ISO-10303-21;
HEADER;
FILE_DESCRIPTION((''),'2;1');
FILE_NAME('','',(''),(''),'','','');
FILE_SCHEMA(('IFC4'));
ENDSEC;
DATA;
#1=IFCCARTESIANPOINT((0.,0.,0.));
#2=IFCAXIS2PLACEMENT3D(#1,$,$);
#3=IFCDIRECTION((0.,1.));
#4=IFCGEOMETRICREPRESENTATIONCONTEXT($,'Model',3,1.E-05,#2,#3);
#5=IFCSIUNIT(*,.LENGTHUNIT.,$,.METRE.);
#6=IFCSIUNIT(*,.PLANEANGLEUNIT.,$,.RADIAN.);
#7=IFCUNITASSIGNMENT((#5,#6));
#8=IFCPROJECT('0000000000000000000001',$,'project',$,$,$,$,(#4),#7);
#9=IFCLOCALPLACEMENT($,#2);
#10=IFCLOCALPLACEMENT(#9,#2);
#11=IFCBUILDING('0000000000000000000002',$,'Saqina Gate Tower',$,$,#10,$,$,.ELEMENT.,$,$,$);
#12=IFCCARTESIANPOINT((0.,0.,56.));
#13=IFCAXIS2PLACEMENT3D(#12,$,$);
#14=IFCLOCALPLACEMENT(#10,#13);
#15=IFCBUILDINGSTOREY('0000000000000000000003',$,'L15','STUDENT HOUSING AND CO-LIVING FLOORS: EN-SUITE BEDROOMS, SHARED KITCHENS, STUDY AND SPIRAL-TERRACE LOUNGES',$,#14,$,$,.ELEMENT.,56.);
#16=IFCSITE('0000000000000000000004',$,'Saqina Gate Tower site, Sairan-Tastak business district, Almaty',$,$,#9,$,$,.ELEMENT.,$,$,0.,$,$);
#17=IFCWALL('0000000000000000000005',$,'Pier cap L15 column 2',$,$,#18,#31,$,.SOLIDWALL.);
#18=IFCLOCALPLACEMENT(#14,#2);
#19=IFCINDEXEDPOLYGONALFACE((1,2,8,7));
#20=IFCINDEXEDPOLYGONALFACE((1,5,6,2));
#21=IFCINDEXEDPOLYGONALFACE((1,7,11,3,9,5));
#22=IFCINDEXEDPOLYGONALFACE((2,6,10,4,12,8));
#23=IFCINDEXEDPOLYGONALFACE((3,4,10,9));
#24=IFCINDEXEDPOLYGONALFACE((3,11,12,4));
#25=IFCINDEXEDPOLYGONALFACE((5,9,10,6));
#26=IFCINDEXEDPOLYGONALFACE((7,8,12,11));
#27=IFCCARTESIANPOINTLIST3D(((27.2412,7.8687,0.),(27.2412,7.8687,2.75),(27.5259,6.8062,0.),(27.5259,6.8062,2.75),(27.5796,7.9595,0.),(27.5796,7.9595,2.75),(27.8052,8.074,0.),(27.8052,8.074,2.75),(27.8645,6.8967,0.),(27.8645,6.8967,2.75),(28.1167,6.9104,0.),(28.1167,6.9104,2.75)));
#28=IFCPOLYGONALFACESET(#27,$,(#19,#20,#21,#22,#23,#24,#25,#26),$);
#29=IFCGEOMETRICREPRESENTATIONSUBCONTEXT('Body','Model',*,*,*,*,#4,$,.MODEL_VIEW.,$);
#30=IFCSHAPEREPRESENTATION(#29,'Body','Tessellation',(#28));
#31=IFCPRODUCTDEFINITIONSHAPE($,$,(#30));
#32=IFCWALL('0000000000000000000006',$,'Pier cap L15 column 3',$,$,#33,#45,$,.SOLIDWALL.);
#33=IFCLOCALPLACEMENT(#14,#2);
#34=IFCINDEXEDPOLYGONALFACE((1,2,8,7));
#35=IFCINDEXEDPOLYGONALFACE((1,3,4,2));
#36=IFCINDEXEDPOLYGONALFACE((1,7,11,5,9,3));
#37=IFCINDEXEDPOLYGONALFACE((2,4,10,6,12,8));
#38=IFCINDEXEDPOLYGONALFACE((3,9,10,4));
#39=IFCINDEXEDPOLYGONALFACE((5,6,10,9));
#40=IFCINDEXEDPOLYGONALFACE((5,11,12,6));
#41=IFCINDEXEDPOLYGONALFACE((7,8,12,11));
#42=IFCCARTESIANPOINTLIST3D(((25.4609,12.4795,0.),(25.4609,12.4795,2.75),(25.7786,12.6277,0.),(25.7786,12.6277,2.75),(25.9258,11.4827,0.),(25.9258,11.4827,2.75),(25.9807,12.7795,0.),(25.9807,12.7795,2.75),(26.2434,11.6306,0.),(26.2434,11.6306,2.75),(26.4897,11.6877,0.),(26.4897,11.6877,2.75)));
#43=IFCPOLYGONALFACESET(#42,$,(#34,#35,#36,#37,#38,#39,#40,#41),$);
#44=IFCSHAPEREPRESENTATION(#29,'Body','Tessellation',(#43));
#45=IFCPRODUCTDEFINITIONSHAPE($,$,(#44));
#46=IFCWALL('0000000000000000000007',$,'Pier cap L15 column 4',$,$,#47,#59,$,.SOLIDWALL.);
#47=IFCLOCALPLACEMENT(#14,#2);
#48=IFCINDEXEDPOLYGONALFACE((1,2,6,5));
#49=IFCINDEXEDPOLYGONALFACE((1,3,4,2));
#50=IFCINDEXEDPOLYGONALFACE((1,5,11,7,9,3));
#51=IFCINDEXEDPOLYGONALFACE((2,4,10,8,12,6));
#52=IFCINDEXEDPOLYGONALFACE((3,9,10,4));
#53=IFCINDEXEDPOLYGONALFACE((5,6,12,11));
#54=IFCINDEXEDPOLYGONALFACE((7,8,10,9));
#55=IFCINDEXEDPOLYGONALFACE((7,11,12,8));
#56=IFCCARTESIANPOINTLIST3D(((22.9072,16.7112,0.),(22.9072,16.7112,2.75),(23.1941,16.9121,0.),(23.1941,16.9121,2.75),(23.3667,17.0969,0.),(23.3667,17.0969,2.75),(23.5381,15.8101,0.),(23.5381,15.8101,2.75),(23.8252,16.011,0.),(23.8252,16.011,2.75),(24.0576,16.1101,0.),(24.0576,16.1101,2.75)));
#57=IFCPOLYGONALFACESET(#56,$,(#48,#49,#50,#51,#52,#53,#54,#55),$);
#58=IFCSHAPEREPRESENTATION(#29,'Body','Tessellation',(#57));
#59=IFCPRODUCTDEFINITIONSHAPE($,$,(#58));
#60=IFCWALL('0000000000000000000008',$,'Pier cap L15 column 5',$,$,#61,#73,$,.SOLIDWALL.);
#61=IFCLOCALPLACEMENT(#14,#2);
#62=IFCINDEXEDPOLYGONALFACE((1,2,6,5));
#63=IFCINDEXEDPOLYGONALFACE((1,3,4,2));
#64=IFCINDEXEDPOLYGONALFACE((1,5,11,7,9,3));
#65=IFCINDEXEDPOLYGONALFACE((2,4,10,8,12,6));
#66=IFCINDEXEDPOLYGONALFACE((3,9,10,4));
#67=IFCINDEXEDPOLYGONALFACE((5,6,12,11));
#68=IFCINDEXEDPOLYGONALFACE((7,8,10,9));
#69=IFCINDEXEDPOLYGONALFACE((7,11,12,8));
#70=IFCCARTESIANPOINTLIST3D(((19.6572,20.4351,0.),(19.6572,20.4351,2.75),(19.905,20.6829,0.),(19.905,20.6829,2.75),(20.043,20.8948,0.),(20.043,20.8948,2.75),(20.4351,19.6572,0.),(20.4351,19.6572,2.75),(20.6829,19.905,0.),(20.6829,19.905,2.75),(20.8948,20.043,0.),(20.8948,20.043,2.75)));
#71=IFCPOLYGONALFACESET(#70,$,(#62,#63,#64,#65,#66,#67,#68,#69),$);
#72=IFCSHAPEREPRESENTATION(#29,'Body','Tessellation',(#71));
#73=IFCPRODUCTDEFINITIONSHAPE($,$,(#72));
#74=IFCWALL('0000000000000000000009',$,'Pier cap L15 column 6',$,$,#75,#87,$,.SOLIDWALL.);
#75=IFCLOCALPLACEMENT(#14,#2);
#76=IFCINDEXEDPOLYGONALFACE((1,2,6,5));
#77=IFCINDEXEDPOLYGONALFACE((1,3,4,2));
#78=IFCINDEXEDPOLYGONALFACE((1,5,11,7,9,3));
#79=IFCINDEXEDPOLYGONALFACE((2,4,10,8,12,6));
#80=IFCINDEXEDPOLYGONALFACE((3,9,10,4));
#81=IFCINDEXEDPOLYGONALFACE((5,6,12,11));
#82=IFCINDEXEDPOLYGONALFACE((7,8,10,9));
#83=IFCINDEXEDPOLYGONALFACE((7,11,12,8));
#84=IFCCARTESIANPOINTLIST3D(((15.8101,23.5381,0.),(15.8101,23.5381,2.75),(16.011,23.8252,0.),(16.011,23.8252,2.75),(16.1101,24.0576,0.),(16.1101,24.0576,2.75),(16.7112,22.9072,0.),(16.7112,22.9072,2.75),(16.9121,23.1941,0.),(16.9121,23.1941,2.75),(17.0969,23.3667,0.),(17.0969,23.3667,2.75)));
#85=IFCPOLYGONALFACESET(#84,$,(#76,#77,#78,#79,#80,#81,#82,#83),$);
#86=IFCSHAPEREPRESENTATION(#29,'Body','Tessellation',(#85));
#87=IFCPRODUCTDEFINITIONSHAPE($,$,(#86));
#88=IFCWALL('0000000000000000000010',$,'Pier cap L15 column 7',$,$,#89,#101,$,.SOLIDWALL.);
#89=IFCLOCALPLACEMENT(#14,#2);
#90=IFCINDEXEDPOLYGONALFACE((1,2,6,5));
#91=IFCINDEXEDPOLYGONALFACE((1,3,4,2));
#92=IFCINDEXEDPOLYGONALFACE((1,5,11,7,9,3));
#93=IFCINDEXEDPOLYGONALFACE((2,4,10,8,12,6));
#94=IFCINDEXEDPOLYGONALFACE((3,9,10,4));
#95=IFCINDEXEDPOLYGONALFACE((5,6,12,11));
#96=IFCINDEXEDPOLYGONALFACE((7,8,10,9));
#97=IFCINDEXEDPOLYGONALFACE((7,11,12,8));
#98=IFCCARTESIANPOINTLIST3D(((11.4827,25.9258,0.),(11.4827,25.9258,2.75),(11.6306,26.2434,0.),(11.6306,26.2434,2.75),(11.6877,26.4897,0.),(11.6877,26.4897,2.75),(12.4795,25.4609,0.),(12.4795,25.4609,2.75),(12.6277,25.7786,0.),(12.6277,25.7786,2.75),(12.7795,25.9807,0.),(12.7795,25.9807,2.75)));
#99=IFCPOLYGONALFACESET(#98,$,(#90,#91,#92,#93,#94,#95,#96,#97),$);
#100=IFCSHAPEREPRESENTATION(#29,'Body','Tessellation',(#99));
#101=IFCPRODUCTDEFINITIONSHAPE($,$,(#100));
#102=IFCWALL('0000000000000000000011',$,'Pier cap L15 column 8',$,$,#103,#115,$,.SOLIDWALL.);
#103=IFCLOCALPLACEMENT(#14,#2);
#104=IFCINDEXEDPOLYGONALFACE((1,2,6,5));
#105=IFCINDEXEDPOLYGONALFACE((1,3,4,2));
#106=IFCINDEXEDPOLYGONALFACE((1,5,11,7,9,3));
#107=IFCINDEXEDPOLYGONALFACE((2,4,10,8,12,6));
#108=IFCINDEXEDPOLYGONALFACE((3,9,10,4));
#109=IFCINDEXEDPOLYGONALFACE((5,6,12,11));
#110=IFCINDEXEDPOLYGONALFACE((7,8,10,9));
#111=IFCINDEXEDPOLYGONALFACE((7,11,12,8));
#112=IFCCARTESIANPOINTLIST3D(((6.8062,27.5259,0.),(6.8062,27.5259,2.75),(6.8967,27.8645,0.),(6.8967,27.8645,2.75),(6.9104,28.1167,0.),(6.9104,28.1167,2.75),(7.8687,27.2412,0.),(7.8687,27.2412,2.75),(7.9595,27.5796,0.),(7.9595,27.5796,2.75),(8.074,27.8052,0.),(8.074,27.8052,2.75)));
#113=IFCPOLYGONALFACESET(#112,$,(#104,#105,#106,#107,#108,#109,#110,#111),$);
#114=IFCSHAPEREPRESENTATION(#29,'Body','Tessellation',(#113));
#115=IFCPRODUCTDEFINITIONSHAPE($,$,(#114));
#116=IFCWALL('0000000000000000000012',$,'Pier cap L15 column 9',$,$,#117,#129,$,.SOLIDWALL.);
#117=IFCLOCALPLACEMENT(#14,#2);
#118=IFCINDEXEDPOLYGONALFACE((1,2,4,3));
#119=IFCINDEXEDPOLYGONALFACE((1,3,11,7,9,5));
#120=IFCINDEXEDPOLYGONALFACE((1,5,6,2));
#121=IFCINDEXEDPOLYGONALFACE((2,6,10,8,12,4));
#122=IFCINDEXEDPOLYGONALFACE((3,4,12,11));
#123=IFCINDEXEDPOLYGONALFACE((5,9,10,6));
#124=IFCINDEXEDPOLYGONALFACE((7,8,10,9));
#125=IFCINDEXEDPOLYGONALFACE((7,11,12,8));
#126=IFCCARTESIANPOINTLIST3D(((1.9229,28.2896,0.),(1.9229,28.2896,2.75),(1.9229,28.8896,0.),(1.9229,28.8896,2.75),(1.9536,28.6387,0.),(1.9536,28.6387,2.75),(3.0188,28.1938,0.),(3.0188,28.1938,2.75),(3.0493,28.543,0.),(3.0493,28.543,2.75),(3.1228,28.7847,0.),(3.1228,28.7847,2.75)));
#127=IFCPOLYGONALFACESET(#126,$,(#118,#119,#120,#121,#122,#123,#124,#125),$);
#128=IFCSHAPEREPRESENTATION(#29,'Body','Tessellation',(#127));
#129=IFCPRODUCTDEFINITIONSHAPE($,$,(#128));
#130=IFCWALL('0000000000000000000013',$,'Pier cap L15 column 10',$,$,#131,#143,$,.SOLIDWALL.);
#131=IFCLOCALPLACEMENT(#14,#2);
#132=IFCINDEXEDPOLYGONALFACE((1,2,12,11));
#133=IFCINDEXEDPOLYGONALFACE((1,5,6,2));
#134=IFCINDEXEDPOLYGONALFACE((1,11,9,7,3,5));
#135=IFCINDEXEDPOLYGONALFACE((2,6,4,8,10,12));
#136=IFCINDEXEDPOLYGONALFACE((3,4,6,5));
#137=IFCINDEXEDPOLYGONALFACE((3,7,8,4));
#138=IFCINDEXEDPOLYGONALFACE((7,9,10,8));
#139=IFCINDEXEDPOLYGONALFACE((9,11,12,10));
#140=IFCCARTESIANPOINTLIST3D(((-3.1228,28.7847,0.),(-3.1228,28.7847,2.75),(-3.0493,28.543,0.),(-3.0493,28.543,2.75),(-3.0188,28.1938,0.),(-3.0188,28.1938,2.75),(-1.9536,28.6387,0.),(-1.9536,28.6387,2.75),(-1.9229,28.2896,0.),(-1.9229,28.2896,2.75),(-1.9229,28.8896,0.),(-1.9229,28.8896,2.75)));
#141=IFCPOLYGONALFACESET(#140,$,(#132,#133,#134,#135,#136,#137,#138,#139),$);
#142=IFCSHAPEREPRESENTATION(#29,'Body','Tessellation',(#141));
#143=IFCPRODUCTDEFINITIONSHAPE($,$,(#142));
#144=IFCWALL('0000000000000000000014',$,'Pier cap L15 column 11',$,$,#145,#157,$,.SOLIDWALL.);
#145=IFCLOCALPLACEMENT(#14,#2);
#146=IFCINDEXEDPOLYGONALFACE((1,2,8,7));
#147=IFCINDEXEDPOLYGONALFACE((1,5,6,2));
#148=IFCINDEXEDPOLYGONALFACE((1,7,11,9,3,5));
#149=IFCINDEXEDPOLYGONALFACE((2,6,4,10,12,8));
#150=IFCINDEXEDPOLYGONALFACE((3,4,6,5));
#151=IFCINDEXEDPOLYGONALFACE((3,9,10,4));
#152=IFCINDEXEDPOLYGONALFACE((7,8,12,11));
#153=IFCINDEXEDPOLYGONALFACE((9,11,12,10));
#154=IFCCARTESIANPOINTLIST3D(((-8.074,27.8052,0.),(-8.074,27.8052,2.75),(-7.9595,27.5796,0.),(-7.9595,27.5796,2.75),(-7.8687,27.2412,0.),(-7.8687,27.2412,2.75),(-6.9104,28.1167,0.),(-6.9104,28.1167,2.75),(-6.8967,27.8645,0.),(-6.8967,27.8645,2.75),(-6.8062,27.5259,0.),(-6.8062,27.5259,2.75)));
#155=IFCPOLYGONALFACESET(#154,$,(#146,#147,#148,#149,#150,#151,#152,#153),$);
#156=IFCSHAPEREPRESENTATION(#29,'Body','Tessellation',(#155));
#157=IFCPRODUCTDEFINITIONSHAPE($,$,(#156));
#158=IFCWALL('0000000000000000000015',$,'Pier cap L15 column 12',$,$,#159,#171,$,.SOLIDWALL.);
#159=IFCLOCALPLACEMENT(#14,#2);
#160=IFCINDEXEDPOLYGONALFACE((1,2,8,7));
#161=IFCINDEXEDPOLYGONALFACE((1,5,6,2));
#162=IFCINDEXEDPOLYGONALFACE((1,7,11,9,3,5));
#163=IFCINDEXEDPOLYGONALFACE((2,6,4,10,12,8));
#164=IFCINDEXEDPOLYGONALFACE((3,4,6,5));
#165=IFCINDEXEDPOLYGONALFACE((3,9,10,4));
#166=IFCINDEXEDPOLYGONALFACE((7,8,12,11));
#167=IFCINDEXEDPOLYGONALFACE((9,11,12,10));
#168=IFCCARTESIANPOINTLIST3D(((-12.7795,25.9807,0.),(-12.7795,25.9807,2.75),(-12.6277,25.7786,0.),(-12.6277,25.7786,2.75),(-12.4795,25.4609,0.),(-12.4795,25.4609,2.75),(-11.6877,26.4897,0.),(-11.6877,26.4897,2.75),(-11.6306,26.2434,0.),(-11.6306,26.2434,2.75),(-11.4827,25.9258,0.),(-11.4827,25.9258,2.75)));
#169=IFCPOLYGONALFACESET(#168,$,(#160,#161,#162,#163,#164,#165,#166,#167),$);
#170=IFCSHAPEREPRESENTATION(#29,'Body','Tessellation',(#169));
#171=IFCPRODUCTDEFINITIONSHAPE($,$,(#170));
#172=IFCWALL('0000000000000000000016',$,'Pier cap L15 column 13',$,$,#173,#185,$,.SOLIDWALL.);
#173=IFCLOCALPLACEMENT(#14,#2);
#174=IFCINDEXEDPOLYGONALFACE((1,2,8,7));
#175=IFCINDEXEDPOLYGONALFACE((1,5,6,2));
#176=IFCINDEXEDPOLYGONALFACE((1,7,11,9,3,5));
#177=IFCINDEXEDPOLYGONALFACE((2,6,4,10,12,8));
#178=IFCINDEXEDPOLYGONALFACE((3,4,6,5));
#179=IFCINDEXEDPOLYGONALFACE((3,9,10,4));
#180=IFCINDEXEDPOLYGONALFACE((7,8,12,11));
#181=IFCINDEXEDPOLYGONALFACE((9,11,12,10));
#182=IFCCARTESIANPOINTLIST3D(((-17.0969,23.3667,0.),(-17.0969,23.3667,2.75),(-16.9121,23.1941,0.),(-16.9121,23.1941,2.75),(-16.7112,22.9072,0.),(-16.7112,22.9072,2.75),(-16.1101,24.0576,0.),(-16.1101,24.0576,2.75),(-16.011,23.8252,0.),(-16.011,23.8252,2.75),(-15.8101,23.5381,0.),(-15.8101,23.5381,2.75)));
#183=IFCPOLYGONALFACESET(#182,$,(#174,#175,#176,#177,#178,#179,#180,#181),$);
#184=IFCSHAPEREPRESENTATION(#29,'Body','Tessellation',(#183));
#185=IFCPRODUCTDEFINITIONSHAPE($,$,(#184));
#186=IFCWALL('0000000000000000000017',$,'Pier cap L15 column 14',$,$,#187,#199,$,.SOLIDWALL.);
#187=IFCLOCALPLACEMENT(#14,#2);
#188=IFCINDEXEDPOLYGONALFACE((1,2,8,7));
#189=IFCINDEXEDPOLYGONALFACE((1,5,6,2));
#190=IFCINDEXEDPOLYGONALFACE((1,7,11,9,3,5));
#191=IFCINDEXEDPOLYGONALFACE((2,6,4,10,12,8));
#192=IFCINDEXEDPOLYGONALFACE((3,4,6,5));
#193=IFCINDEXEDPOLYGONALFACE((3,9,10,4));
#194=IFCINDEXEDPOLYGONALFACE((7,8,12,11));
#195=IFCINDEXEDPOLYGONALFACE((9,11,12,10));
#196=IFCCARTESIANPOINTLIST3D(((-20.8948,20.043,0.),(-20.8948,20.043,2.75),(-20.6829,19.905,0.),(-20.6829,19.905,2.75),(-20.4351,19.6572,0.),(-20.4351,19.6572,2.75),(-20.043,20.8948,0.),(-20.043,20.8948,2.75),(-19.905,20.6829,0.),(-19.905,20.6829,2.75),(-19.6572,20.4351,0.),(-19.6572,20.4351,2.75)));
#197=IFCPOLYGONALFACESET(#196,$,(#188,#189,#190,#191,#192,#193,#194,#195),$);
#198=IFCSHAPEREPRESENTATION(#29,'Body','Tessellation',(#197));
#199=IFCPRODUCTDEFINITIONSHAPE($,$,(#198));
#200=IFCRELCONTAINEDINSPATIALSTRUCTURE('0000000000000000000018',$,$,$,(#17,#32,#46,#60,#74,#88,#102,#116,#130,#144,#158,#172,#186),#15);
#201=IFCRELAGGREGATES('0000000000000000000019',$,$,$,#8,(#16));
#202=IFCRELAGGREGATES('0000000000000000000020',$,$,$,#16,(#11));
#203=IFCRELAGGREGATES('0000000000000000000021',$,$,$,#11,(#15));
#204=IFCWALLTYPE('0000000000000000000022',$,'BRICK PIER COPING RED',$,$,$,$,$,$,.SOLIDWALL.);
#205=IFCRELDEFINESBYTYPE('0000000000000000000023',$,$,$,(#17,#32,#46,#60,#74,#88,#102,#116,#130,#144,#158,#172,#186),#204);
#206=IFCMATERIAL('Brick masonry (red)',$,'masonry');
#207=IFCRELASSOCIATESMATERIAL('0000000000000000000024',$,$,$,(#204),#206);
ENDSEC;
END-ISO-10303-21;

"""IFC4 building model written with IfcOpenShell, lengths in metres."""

from ifc_helpers import new_model, si_unit, direction, frame, origin, place, context, subcontext, project, spatial, polyline, outline, extrude, material, type_object, element, save


model = new_model("IFC4")

# Units and contexts
model_context = context("Model", 3, precision=1e-05, world=origin(), true_north=direction((0.0, 1.0)))
body_context = subcontext(model_context, "Body", "Model", "MODEL_VIEW")
ifc_project = project(units=[si_unit("LENGTHUNIT", "METRE"), si_unit("PLANEANGLEUNIT", "RADIAN")], contexts=[model_context])

# Site, building, storey
site_placement = place(None, origin())
site = spatial("IfcSite", under=ifc_project, at=site_placement, Name="Saqina Gate Tower site, Sairan-Tastak business district, Almaty", CompositionType="ELEMENT", RefElevation=0.0)
building_placement = place(site_placement, origin())
building = spatial("IfcBuilding", under=site, at=building_placement, Name="Saqina Gate Tower", CompositionType="ELEMENT")
storey_placement = place(building_placement, frame((0.0, 0.0, 56.0)))
storey = spatial("IfcBuildingStorey", under=building, at=storey_placement, Name="L15", Description="STUDENT HOUSING AND CO-LIVING FLOORS: EN-SUITE BEDROOMS, SHARED KITCHENS, STUDY AND SPIRAL-TERRACE LOUNGES", CompositionType="ELEMENT", Elevation=56.0)

# Walls
ifc_material = material(Name="Brick masonry (red)", Category="masonry")
wall_type = type_object("IfcWallType", Name="BRICK PIER COPING RED", PredefinedType="SOLIDWALL", material=ifc_material)
wall_1_placement = place(storey_placement, origin())
element("IfcWall", 1, at=wall_1_placement, inside=storey, type_object=wall_type, Name="Pier cap L15 column 2", PredefinedType="SOLIDWALL", context=body_context, shape_type="SweptSolid", body=[
    extrude(outline(polyline([(28.1167, 6.9104), (27.8052, 8.074), (27.2412, 7.8687), (27.5796, 7.9595), (27.8645, 6.8967), (27.5259, 6.8062), (28.1167, 6.9104)])), origin(), (0.0, 0.0, 1.0), 2.75),
])
wall_2_placement = place(storey_placement, origin())
element("IfcWall", 2, at=wall_2_placement, inside=storey, type_object=wall_type, Name="Pier cap L15 column 3", PredefinedType="SOLIDWALL", context=body_context, shape_type="SweptSolid", body=[
    extrude(outline(polyline([(25.9807, 12.7795), (25.4609, 12.4795), (25.7786, 12.6277), (26.2434, 11.6306), (25.9258, 11.4827), (26.4897, 11.6877), (25.9807, 12.7795)])), origin(), (0.0, 0.0, 1.0), 2.75),
])
wall_3_placement = place(storey_placement, origin())
element("IfcWall", 3, at=wall_3_placement, inside=storey, type_object=wall_type, Name="Pier cap L15 column 4", PredefinedType="SOLIDWALL", context=body_context, shape_type="SweptSolid", body=[
    extrude(outline(polyline([(24.0576, 16.1101), (23.3667, 17.0969), (22.9072, 16.7112), (23.1941, 16.9121), (23.8252, 16.011), (23.5381, 15.8101), (24.0576, 16.1101)])), origin(), (0.0, 0.0, 1.0), 2.75),
])
wall_4_placement = place(storey_placement, origin())
element("IfcWall", 4, at=wall_4_placement, inside=storey, type_object=wall_type, Name="Pier cap L15 column 5", PredefinedType="SOLIDWALL", context=body_context, shape_type="SweptSolid", body=[
    extrude(outline(polyline([(20.043, 20.8948), (19.6572, 20.4351), (19.905, 20.6829), (20.6829, 19.905), (20.4351, 19.6572), (20.8948, 20.043), (20.043, 20.8948)])), origin(), (0.0, 0.0, 1.0), 2.75),
])
wall_5_placement = place(storey_placement, origin())
element("IfcWall", 5, at=wall_5_placement, inside=storey, type_object=wall_type, Name="Pier cap L15 column 6", PredefinedType="SOLIDWALL", context=body_context, shape_type="SweptSolid", body=[
    extrude(outline(polyline([(17.0969, 23.3667), (16.1101, 24.0576), (15.8101, 23.5381), (16.011, 23.8252), (16.9121, 23.1941), (16.7112, 22.9072), (17.0969, 23.3667)])), origin(), (0.0, 0.0, 1.0), 2.75),
])
wall_6_placement = place(storey_placement, origin())
element("IfcWall", 6, at=wall_6_placement, inside=storey, type_object=wall_type, Name="Pier cap L15 column 7", PredefinedType="SOLIDWALL", context=body_context, shape_type="SweptSolid", body=[
    extrude(outline(polyline([(11.6877, 26.4897), (11.4827, 25.9258), (11.6306, 26.2434), (12.6277, 25.7786), (12.4795, 25.4609), (12.7795, 25.9807), (11.6877, 26.4897)])), origin(), (0.0, 0.0, 1.0), 2.75),
])
wall_7_placement = place(storey_placement, origin())
element("IfcWall", 7, at=wall_7_placement, inside=storey, type_object=wall_type, Name="Pier cap L15 column 8", PredefinedType="SOLIDWALL", context=body_context, shape_type="SweptSolid", body=[
    extrude(outline(polyline([(6.9104, 28.1167), (6.8062, 27.5259), (6.8967, 27.8645), (7.9595, 27.5796), (7.8687, 27.2412), (8.074, 27.8052), (6.9104, 28.1167)])), origin(), (0.0, 0.0, 1.0), 2.75),
])
wall_8_placement = place(storey_placement, origin())
element("IfcWall", 8, at=wall_8_placement, inside=storey, type_object=wall_type, Name="Pier cap L15 column 9", PredefinedType="SOLIDWALL", context=body_context, shape_type="SweptSolid", body=[
    extrude(outline(polyline([(3.1228, 28.7847), (1.9229, 28.8896), (1.9229, 28.2896), (1.9536, 28.6387), (3.0493, 28.543), (3.0188, 28.1938), (3.1228, 28.7847)])), origin(), (0.0, 0.0, 1.0), 2.75),
])
wall_9_placement = place(storey_placement, origin())
element("IfcWall", 9, at=wall_9_placement, inside=storey, type_object=wall_type, Name="Pier cap L15 column 10", PredefinedType="SOLIDWALL", context=body_context, shape_type="SweptSolid", body=[
    extrude(outline(polyline([(-1.9229, 28.8896), (-3.1228, 28.7847), (-3.0188, 28.1938), (-3.0493, 28.543), (-1.9536, 28.6387), (-1.9229, 28.2896), (-1.9229, 28.8896)])), origin(), (0.0, 0.0, 1.0), 2.75),
])
wall_10_placement = place(storey_placement, origin())
element("IfcWall", 10, at=wall_10_placement, inside=storey, type_object=wall_type, Name="Pier cap L15 column 11", PredefinedType="SOLIDWALL", context=body_context, shape_type="SweptSolid", body=[
    extrude(outline(polyline([(-6.9104, 28.1167), (-8.074, 27.8052), (-7.8687, 27.2412), (-7.9595, 27.5796), (-6.8967, 27.8645), (-6.8062, 27.5259), (-6.9104, 28.1167)])), origin(), (0.0, 0.0, 1.0), 2.75),
])
wall_11_placement = place(storey_placement, origin())
element("IfcWall", 11, at=wall_11_placement, inside=storey, type_object=wall_type, Name="Pier cap L15 column 12", PredefinedType="SOLIDWALL", context=body_context, shape_type="SweptSolid", body=[
    extrude(outline(polyline([(-12.7795, 25.9807), (-12.4795, 25.4609), (-12.6277, 25.7786), (-11.6306, 26.2434), (-11.4827, 25.9258), (-11.6877, 26.4897), (-12.7795, 25.9807)])), origin(), (0.0, 0.0, 1.0), 2.75),
])
wall_12_placement = place(storey_placement, origin())
element("IfcWall", 12, at=wall_12_placement, inside=storey, type_object=wall_type, Name="Pier cap L15 column 13", PredefinedType="SOLIDWALL", context=body_context, shape_type="SweptSolid", body=[
    extrude(outline(polyline([(-16.1101, 24.0576), (-17.0969, 23.3667), (-16.7112, 22.9072), (-16.9121, 23.1941), (-16.011, 23.8252), (-15.8101, 23.5381), (-16.1101, 24.0576)])), origin(), (0.0, 0.0, 1.0), 2.75),
])
wall_13_placement = place(storey_placement, origin())
element("IfcWall", 13, at=wall_13_placement, inside=storey, type_object=wall_type, Name="Pier cap L15 column 14", PredefinedType="SOLIDWALL", context=body_context, shape_type="SweptSolid", body=[
    extrude(outline(polyline([(-20.8948, 20.043), (-20.4351, 19.6572), (-20.6829, 19.905), (-19.905, 20.6829), (-19.6572, 20.4351), (-20.043, 20.8948), (-20.8948, 20.043)])), origin(), (0.0, 0.0, 1.0), 2.75),
])

save(model, "model.ifc")
